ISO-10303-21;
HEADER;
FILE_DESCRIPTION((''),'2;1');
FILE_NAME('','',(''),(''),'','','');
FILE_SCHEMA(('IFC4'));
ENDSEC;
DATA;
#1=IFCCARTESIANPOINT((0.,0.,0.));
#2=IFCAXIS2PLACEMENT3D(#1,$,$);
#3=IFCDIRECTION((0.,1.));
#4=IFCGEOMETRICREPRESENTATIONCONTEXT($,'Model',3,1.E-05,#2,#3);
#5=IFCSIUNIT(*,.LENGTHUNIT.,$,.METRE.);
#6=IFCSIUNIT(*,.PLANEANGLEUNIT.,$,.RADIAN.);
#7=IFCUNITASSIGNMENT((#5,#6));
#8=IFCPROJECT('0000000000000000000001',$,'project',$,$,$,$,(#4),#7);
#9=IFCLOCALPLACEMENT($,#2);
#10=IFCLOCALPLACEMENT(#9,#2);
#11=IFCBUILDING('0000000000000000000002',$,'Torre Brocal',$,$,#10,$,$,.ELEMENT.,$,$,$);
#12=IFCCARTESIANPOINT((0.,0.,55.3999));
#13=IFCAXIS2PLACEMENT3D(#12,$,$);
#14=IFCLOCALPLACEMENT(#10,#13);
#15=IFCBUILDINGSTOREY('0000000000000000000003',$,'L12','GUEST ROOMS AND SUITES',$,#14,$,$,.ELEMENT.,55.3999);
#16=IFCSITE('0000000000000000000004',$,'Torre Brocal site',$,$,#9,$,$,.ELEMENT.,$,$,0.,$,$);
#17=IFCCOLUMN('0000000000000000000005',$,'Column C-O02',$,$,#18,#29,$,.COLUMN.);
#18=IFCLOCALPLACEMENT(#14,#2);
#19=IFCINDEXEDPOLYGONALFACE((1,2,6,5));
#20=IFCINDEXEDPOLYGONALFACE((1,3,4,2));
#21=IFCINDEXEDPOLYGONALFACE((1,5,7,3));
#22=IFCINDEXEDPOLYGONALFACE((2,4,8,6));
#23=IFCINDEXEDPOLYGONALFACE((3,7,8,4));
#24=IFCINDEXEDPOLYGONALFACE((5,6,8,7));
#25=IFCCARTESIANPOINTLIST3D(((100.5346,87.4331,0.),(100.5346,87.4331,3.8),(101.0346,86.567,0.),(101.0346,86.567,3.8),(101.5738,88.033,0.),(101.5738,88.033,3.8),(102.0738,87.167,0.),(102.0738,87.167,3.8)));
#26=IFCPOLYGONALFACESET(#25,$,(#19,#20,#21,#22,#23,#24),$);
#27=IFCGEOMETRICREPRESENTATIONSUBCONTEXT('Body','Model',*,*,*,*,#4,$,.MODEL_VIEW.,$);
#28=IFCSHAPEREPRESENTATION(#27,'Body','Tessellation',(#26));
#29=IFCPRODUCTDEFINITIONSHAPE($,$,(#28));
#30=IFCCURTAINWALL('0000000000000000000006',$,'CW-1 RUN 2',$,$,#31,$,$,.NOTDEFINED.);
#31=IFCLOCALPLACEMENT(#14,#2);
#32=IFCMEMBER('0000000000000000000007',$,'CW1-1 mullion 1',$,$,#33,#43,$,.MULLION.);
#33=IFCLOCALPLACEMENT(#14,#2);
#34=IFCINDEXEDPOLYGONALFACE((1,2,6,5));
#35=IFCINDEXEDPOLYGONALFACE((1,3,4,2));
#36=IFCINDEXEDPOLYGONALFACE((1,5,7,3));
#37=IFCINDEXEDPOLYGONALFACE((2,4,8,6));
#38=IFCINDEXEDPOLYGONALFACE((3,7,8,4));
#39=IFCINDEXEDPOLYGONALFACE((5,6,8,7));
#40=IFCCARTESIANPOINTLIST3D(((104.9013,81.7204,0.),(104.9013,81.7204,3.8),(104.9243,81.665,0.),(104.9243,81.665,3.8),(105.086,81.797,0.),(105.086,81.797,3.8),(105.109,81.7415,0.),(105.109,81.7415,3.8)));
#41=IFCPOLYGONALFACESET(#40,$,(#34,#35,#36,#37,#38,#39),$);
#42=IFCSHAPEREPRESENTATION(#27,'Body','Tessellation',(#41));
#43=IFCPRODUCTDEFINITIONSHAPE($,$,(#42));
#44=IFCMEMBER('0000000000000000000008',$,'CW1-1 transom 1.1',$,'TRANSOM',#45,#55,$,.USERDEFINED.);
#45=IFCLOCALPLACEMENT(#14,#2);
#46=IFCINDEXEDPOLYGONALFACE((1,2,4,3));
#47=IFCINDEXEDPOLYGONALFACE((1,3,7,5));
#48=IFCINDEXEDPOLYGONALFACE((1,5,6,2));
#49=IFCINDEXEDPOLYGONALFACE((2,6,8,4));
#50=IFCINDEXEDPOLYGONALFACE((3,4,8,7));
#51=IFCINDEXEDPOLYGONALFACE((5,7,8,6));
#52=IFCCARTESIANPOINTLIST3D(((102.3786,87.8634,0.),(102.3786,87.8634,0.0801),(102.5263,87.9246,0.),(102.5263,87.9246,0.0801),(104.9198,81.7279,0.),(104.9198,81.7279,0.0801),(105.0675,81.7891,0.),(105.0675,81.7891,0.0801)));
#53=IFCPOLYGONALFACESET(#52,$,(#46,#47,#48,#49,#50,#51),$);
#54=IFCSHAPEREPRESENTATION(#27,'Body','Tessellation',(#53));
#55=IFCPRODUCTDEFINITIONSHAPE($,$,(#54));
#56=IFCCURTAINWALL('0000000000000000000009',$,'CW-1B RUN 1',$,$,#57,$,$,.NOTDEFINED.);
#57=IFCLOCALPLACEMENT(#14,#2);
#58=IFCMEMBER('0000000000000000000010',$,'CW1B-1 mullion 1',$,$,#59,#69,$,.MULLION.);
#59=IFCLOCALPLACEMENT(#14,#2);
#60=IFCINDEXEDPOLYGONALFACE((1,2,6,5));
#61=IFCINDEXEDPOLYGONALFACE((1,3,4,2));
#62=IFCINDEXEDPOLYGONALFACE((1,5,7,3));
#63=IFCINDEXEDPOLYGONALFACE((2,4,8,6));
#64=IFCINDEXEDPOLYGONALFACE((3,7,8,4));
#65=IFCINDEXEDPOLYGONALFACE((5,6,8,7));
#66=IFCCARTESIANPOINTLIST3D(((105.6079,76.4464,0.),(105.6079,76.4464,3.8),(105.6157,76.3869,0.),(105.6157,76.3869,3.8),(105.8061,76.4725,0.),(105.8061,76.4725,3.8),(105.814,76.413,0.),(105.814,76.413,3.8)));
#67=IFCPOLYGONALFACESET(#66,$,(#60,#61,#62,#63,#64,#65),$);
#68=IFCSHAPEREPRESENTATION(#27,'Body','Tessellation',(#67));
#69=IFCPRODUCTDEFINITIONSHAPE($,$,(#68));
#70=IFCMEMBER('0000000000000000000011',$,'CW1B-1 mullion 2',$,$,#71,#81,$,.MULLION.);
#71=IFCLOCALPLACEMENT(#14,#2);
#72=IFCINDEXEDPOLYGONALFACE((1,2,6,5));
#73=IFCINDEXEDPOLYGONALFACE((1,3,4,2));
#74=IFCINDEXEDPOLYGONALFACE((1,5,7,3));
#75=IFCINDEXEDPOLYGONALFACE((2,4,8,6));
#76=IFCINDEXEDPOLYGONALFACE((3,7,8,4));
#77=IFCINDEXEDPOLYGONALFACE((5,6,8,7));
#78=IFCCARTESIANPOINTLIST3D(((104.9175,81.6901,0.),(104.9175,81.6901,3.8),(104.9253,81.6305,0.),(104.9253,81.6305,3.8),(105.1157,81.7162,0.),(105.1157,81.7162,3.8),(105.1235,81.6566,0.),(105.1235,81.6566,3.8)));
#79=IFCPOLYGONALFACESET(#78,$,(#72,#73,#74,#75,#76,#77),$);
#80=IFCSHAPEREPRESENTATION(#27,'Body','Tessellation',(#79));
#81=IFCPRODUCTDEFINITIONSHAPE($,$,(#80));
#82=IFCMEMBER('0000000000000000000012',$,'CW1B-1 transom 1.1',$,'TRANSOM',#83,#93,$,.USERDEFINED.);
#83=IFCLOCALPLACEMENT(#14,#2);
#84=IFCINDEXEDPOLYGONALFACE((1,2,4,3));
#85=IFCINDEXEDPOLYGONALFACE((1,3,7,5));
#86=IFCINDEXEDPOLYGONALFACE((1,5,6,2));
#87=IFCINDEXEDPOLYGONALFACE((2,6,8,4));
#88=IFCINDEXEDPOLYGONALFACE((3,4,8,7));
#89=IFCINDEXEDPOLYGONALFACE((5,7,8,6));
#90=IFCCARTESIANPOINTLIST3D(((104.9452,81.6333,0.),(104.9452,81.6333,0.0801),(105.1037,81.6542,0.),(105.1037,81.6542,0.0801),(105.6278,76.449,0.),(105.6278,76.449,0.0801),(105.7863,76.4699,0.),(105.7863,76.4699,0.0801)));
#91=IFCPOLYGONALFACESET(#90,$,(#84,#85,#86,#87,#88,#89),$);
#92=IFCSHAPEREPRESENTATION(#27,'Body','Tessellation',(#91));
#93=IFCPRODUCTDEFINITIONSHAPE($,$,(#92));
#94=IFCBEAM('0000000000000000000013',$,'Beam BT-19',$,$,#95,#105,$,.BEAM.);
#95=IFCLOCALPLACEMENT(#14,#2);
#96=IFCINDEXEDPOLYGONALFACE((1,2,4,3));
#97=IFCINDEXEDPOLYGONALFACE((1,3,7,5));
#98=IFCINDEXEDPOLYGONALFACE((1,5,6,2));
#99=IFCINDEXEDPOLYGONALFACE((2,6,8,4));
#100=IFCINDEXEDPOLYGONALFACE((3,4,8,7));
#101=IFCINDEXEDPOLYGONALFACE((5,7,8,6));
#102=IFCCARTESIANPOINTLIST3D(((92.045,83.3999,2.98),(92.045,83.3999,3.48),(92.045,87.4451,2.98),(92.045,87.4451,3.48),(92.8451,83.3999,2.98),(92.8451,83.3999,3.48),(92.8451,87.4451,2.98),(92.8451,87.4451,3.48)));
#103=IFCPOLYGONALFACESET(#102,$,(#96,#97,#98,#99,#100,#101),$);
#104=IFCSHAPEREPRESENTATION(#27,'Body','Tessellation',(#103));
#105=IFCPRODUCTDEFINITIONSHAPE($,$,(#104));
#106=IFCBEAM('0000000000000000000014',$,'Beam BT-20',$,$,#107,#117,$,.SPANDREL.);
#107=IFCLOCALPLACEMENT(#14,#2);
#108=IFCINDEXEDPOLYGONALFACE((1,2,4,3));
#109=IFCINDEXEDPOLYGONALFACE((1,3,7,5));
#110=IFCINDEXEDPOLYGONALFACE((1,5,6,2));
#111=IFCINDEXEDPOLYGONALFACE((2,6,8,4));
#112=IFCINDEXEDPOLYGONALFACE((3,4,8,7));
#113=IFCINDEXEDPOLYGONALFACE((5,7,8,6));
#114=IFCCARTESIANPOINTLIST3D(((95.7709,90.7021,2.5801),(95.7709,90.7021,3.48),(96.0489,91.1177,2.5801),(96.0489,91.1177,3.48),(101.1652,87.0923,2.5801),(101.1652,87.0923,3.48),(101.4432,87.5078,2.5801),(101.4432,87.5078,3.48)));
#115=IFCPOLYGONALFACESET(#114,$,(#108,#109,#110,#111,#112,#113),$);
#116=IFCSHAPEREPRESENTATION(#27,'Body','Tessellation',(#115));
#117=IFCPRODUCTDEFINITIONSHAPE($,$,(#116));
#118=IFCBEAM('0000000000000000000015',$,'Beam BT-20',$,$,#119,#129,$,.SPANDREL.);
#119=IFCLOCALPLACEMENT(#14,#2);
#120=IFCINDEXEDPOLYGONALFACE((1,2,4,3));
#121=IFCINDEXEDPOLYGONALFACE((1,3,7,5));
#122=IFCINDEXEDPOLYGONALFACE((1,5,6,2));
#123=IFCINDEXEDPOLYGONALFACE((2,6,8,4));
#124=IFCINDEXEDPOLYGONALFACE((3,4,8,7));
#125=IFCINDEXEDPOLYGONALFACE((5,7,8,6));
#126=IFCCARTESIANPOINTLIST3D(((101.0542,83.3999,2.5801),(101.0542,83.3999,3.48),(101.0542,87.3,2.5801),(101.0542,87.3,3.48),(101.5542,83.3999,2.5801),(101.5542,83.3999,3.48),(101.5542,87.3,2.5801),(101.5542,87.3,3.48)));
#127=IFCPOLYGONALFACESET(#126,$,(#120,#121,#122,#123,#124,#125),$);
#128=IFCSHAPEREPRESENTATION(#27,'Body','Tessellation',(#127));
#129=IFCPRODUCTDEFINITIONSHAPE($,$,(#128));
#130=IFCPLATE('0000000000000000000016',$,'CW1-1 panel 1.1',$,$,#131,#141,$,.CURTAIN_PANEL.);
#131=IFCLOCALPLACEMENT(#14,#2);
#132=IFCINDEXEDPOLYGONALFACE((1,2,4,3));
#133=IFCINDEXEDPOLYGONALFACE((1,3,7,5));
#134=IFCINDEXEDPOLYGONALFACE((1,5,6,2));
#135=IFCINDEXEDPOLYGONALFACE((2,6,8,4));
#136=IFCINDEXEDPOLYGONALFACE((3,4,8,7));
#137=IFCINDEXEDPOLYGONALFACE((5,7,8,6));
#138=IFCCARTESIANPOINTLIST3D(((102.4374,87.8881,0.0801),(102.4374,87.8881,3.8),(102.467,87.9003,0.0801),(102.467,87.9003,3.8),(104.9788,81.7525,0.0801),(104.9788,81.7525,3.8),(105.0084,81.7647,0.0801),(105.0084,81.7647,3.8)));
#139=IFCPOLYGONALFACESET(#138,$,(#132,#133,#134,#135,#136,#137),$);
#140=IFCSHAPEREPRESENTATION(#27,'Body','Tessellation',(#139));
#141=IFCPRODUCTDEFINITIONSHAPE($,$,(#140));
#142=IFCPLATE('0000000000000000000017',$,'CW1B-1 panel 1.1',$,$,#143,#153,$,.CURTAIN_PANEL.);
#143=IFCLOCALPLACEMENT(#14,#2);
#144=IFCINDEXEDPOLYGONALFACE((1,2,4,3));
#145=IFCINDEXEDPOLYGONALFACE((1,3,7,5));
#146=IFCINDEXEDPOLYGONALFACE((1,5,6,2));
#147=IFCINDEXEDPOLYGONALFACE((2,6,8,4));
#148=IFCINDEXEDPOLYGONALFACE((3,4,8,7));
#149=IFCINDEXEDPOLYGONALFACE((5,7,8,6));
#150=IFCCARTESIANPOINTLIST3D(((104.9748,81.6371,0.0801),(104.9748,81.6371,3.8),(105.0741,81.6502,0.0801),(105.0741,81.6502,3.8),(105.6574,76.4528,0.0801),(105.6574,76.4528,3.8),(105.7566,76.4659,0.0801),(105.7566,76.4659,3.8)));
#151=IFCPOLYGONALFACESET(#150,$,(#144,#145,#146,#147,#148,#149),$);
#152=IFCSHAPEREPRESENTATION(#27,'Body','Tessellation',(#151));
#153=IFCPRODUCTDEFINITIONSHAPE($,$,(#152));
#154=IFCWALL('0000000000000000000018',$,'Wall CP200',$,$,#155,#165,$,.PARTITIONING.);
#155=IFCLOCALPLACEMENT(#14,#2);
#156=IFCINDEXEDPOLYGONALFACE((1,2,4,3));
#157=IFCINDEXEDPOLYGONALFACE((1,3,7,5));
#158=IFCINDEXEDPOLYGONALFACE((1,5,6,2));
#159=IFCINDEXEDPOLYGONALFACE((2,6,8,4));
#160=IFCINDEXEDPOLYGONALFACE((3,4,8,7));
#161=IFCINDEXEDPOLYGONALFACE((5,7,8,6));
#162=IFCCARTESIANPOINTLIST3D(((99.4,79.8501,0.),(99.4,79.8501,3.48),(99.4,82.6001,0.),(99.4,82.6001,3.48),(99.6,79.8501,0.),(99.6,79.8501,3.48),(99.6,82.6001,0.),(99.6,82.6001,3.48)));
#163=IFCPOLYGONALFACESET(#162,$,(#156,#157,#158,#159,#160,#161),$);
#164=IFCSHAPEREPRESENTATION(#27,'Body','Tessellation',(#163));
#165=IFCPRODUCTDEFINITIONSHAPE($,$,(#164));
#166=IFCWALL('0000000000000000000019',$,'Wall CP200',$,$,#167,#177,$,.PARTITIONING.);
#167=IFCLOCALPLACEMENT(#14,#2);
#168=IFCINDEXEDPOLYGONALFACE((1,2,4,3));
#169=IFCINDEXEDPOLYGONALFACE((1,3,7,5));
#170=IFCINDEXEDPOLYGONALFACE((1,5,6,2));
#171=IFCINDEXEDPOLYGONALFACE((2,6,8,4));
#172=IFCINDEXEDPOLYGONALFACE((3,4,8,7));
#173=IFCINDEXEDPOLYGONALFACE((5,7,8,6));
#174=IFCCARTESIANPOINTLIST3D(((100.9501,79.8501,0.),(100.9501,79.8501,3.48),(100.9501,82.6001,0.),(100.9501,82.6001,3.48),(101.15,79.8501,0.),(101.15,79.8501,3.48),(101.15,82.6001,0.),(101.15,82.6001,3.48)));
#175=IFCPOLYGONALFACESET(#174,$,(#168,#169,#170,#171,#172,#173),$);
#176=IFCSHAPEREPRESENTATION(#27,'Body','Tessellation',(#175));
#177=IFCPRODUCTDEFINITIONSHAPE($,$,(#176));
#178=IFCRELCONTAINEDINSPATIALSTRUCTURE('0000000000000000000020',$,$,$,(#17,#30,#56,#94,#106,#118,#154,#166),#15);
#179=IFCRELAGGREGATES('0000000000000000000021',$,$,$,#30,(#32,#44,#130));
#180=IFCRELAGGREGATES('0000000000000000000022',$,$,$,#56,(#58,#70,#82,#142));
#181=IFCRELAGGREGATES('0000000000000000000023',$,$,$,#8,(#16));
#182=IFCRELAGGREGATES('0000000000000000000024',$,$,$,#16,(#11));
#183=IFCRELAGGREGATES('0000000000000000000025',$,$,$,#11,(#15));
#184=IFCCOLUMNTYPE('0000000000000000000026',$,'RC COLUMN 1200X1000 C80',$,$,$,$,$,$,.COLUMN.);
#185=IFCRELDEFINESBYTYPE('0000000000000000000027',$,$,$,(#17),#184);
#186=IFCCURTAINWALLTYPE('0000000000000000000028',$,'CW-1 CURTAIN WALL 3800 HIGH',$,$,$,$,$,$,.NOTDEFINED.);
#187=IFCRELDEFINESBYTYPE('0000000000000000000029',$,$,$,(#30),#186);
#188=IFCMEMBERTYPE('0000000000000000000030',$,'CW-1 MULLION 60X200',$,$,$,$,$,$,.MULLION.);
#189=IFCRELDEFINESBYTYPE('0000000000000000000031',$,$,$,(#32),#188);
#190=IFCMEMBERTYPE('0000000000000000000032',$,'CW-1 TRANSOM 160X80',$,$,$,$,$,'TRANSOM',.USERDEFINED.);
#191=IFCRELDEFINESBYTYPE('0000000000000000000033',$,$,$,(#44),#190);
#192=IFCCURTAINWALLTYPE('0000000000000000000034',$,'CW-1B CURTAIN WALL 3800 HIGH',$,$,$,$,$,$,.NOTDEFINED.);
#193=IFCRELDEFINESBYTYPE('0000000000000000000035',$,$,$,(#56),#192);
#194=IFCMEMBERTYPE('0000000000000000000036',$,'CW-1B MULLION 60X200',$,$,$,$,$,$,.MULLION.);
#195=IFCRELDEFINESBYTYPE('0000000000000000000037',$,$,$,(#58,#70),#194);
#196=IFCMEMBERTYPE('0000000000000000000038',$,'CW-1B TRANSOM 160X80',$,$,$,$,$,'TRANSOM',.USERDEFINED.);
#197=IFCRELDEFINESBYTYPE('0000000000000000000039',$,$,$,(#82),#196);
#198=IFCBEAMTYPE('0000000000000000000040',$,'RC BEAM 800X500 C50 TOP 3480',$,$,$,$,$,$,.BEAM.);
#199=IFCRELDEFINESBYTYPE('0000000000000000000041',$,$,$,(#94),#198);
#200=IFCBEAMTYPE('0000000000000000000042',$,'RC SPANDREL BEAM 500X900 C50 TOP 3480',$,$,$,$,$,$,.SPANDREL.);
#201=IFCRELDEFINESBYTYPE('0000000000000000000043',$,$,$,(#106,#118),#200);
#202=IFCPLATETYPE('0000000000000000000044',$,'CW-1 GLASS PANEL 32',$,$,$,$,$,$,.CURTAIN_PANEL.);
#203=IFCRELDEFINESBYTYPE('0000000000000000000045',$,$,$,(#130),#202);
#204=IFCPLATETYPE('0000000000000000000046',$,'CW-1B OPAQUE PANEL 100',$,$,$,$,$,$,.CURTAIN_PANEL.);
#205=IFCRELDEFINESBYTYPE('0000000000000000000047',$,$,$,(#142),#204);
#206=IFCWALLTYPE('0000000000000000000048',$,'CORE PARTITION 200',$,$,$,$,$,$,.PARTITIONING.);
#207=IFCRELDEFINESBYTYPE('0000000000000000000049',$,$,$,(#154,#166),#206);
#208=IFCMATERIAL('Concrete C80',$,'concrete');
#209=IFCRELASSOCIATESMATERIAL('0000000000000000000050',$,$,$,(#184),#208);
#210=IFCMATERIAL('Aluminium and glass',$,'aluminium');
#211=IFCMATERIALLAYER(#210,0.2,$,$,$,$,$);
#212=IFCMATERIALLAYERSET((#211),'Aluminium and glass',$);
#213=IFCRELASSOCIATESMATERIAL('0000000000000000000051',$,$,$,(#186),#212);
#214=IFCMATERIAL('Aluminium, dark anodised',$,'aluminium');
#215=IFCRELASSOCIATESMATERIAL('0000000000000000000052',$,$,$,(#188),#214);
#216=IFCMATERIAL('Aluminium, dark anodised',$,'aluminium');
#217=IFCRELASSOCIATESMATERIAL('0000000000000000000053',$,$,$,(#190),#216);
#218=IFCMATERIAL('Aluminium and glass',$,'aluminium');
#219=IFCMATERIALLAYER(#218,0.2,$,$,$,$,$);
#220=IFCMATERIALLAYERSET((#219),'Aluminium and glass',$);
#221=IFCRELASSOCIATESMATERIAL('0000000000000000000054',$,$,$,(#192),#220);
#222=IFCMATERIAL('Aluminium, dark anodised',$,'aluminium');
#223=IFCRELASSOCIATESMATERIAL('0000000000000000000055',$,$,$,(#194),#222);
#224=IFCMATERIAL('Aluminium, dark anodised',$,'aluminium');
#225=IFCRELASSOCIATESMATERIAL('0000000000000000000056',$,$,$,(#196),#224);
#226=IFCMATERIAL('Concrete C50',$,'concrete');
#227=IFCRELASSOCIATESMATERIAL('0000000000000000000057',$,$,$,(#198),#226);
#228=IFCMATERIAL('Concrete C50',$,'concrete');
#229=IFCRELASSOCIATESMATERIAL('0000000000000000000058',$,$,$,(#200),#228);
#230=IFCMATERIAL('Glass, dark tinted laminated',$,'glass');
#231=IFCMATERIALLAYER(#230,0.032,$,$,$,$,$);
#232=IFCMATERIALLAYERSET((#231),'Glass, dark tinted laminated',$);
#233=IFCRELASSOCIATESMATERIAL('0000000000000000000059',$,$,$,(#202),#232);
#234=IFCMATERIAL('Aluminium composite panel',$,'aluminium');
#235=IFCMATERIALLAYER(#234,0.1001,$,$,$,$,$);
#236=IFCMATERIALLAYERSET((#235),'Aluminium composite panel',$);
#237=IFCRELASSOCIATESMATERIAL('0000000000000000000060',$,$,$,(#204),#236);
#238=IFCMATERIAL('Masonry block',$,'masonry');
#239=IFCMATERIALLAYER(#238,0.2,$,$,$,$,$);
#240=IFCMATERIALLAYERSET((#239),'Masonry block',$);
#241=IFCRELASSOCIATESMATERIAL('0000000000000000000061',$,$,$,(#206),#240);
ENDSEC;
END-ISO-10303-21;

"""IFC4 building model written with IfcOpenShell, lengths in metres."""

from ifc_helpers import new_model, si_unit, direction, frame, frame_2d, origin, origin_2d, place, context, subcontext, project, spatial, rectangle, extrude, material, layer, layer_set, material_profile, profile_set, type_object, element, aggregate, save


model = new_model("IFC4")

# Units and contexts
model_context = context("Model", 3, precision=1e-05, world=origin(), true_north=direction((0.0, 1.0)))
body_context = subcontext(model_context, "Body", "Model", "MODEL_VIEW")
ifc_project = project(units=[si_unit("LENGTHUNIT", "METRE"), si_unit("PLANEANGLEUNIT", "RADIAN")], contexts=[model_context])

# Site, building, storey
site_placement = place(None, origin())
site = spatial("IfcSite", under=ifc_project, at=site_placement, Name="Torre Brocal site", CompositionType="ELEMENT", RefElevation=0.0)
building_placement = place(site_placement, origin())
building = spatial("IfcBuilding", under=site, at=building_placement, Name="Torre Brocal", CompositionType="ELEMENT")
storey_placement = place(building_placement, frame((0.0, 0.0, 55.3999)))
storey = spatial("IfcBuildingStorey", under=building, at=storey_placement, Name="L12", Description="GUEST ROOMS AND SUITES", CompositionType="ELEMENT", Elevation=55.3999)

# Column
ifc_material_1 = material(Name="Concrete C80", Category="concrete")
ifc_material_profile_1 = material_profile(ifc_material_1, rectangle(XDim=1.2, YDim=1.0, at=origin_2d()), Name="RC 1200X1000")
ifc_profile_set_1 = profile_set([ifc_material_profile_1], Name="Concrete C80")
column_type = type_object("IfcColumnType", Name="RC COLUMN 1200X1000 C80", PredefinedType="COLUMN", material=ifc_profile_set_1)
column_placement = place(storey_placement, frame((101.3042, 87.3, 0.0), z_axis=(0.0, 0.0, 1.0), x_axis=(0.866025, 0.5, 0.0)))
element("IfcColumn", 1, at=column_placement, inside=storey, type_object=column_type, Name="Column C-O02", PredefinedType="COLUMN", context=body_context, shape_type="SweptSolid", body=[
    extrude(rectangle(XDim=1.2, YDim=1.0, at=origin_2d()), origin(), (0.0, 0.0, 1.0), 3.8),
])

# Curtain walls, members
ifc_material_2 = material(Name="Aluminium and glass", Category="aluminium")
ifc_layer_1 = layer(ifc_material_2, 0.2)
ifc_layer_set_1 = layer_set([ifc_layer_1], Name="Aluminium and glass")
curtain_wall_type_1 = type_object("IfcCurtainWallType", Name="CW-1 CURTAIN WALL 3800 HIGH", PredefinedType="NOTDEFINED", material=ifc_layer_set_1)
curtain_wall_1_placement = place(storey_placement, origin())
curtain_wall_1 = element("IfcCurtainWall", 2, at=curtain_wall_1_placement, inside=storey, type_object=curtain_wall_type_1, Name="CW-1 RUN 2", PredefinedType="NOTDEFINED")
ifc_material_3 = material(Name="Aluminium, dark anodised", Category="aluminium")
ifc_material_profile_2 = material_profile(ifc_material_3, rectangle(XDim=0.2, YDim=0.0601, at=origin_2d()), Name="CW-1 MULLION 60X200")
ifc_profile_set_2 = profile_set([ifc_material_profile_2], Name="Aluminium, dark anodised")
member_type_1 = type_object("IfcMemberType", Name="CW-1 MULLION 60X200", PredefinedType="MULLION", material=ifc_profile_set_2)
member_1_placement = place(storey_placement, frame((105.0051, 81.731, 0.0), z_axis=(0.0, 0.0, 1.0), x_axis=(-0.92388, -0.382683, 0.0)))
member_1 = element("IfcMember", 3, at=member_1_placement, type_object=member_type_1, Name="CW1-1 mullion 1", PredefinedType="MULLION", context=body_context, shape_type="SweptSolid", body=[
    extrude(rectangle(XDim=0.2, YDim=0.0601, at=origin_2d()), origin(), (0.0, 0.0, 1.0), 3.8),
])
ifc_material_4 = material(Name="Aluminium, dark anodised", Category="aluminium")
ifc_material_profile_3 = material_profile(ifc_material_4, rectangle(XDim=0.1599, YDim=0.0801, at=origin_2d()), Name="CW-1 TRANSOM 160X80")
ifc_profile_set_3 = profile_set([ifc_material_profile_3], Name="Aluminium, dark anodised")
member_type_2 = type_object("IfcMemberType", Name="CW-1 TRANSOM 160X80", ElementType="TRANSOM", PredefinedType="USERDEFINED", material=ifc_profile_set_3)
member_2_placement = place(storey_placement, frame((104.9937, 81.7585, 0.04), z_axis=(-0.382665, 0.923887, 0.0), x_axis=(-0.923887, -0.382665, 0.0)))
member_2 = element("IfcMember", 4, at=member_2_placement, type_object=member_type_2, Name="CW1-1 transom 1.1", ObjectType="TRANSOM", PredefinedType="USERDEFINED", context=body_context, shape_type="SweptSolid", body=[
    extrude(rectangle(XDim=0.1599, YDim=0.0801, at=origin_2d()), origin(), (0.0, 0.0, 1.0), 6.6409),
])
ifc_material_5 = material(Name="Aluminium and glass", Category="aluminium")
ifc_layer_2 = layer(ifc_material_5, 0.2)
ifc_layer_set_2 = layer_set([ifc_layer_2], Name="Aluminium and glass")
curtain_wall_type_2 = type_object("IfcCurtainWallType", Name="CW-1B CURTAIN WALL 3800 HIGH", PredefinedType="NOTDEFINED", material=ifc_layer_set_2)
curtain_wall_2_placement = place(storey_placement, origin())
curtain_wall_2 = element("IfcCurtainWall", 5, at=curtain_wall_2_placement, inside=storey, type_object=curtain_wall_type_2, Name="CW-1B RUN 1", PredefinedType="NOTDEFINED")
ifc_material_6 = material(Name="Aluminium, dark anodised", Category="aluminium")
ifc_material_profile_4 = material_profile(ifc_material_6, rectangle(XDim=0.2, YDim=0.0601, at=origin_2d()), Name="CW-1B MULLION 60X200")
ifc_profile_set_4 = profile_set([ifc_material_profile_4], Name="Aluminium, dark anodised")
member_type_3 = type_object("IfcMemberType", Name="CW-1B MULLION 60X200", PredefinedType="MULLION", material=ifc_profile_set_4)
member_3_placement = place(storey_placement, frame((105.7109, 76.4297, 0.0), z_axis=(0.0, 0.0, 1.0), x_axis=(-0.991445, -0.130526, 0.0)))
member_3 = element("IfcMember", 6, at=member_3_placement, type_object=member_type_3, Name="CW1B-1 mullion 1", PredefinedType="MULLION", context=body_context, shape_type="SweptSolid", body=[
    extrude(rectangle(XDim=0.2, YDim=0.0601, at=origin_2d()), origin(), (0.0, 0.0, 1.0), 3.8),
])
member_4_placement = place(storey_placement, frame((105.0205, 81.6733, 0.0), z_axis=(0.0, 0.0, 1.0), x_axis=(-0.991445, -0.130526, 0.0)))
member_4 = element("IfcMember", 7, at=member_4_placement, type_object=member_type_3, Name="CW1B-1 mullion 2", PredefinedType="MULLION", context=body_context, shape_type="SweptSolid", body=[
    extrude(rectangle(XDim=0.2, YDim=0.0601, at=origin_2d()), origin(), (0.0, 0.0, 1.0), 3.8),
])
ifc_material_7 = material(Name="Aluminium, dark anodised", Category="aluminium")
ifc_material_profile_5 = material_profile(ifc_material_7, rectangle(XDim=0.1599, YDim=0.0801, at=origin_2d()), Name="CW-1B TRANSOM 160X80")
ifc_profile_set_5 = profile_set([ifc_material_profile_5], Name="Aluminium, dark anodised")
member_type_4 = type_object("IfcMemberType", Name="CW-1B TRANSOM 160X80", ElementType="TRANSOM", PredefinedType="USERDEFINED", material=ifc_profile_set_5)
member_5_placement = place(storey_placement, frame((105.707, 76.4595, 0.04), z_axis=(-0.130543, 0.991443, 0.0), x_axis=(-0.991443, -0.130543, 0.0)))
member_5 = element("IfcMember", 8, at=member_5_placement, type_object=member_type_4, Name="CW1B-1 transom 1.1", ObjectType="TRANSOM", PredefinedType="USERDEFINED", context=body_context, shape_type="SweptSolid", body=[
    extrude(rectangle(XDim=0.1599, YDim=0.0801, at=origin_2d()), origin(), (0.0, 0.0, 1.0), 5.229),
])

# Beams
ifc_material_8 = material(Name="Concrete C50", Category="concrete")
ifc_material_profile_6 = material_profile(ifc_material_8, rectangle(XDim=0.8, YDim=0.5, at=origin_2d()), Name="RC 800X500")
ifc_profile_set_6 = profile_set([ifc_material_profile_6], Name="Concrete C50")
beam_type_1 = type_object("IfcBeamType", Name="RC BEAM 800X500 C50 TOP 3480", PredefinedType="BEAM", material=ifc_profile_set_6)
beam_1_placement = place(storey_placement, frame((92.4451, 87.4451, 3.23), z_axis=(0.0, -1.0, 0.0), x_axis=(1.0, 0.0, 0.0)))
element("IfcBeam", 9, at=beam_1_placement, inside=storey, type_object=beam_type_1, Name="Beam BT-19", PredefinedType="BEAM", context=body_context, shape_type="SweptSolid", body=[
    extrude(rectangle(XDim=0.8, YDim=0.5, at=origin_2d()), origin(), (0.0, 0.0, 1.0), 4.0452),
])
ifc_material_9 = material(Name="Concrete C50", Category="concrete")
ifc_material_profile_7 = material_profile(ifc_material_9, rectangle(XDim=0.5, YDim=0.8999, at=origin_2d()), Name="RC 500X900")
ifc_profile_set_7 = profile_set([ifc_material_profile_7], Name="Concrete C50")
beam_type_2 = type_object("IfcBeamType", Name="RC SPANDREL BEAM 500X900 C50 TOP 3480", PredefinedType="SPANDREL", material=ifc_profile_set_7)
beam_2_placement = place(storey_placement, frame((101.3042, 87.3, 3.03), z_axis=(-0.831077, 0.556158, 0.0), x_axis=(-0.556158, -0.831077, 0.0)))
element("IfcBeam", 10, at=beam_2_placement, inside=storey, type_object=beam_type_2, Name="Beam BT-20", PredefinedType="SPANDREL", context=body_context, shape_type="SweptSolid", body=[
    extrude(rectangle(XDim=0.5, YDim=0.8999, at=origin_2d()), origin(), (0.0, 0.0, 1.0), 6.4907),
])
beam_3_placement = place(storey_placement, frame((101.3042, 87.3, 3.03), z_axis=(0.0, -1.0, 0.0), x_axis=(1.0, 0.0, 0.0)))
element("IfcBeam", 11, at=beam_3_placement, inside=storey, type_object=beam_type_2, Name="Beam BT-20", PredefinedType="SPANDREL", context=body_context, shape_type="SweptSolid", body=[
    extrude(rectangle(XDim=0.5, YDim=0.8999, at=origin_2d()), origin(), (0.0, 0.0, 1.0), 3.9001),
])

# Plates
ifc_material_10 = material(Name="Glass, dark tinted laminated", Category="glass")
ifc_layer_3 = layer(ifc_material_10, 0.032)
ifc_layer_set_3 = layer_set([ifc_layer_3], Name="Glass, dark tinted laminated")
plate_type_1 = type_object("IfcPlateType", Name="CW-1 GLASS PANEL 32", PredefinedType="CURTAIN_PANEL", material=ifc_layer_set_3)
plate_1_placement = place(storey_placement, frame((103.7229, 84.8264, 0.0801), z_axis=(0.0, 0.0, 1.0), x_axis=(-0.382683, 0.92388, 0.0)))
plate_1 = element("IfcPlate", 12, at=plate_1_placement, type_object=plate_type_1, Name="CW1-1 panel 1.1", PredefinedType="CURTAIN_PANEL", context=body_context, shape_type="SweptSolid", body=[
    extrude(rectangle(XDim=6.6411, YDim=0.032, at=origin_2d()), origin(), (0.0, 0.0, 1.0), 3.72),
])
aggregate(curtain_wall_1, [member_1, member_2, plate_1])
ifc_material_11 = material(Name="Aluminium composite panel", Category="aluminium")
ifc_layer_4 = layer(ifc_material_11, 0.1001)
ifc_layer_set_4 = layer_set([ifc_layer_4], Name="Aluminium composite panel")
plate_type_2 = type_object("IfcPlateType", Name="CW-1B OPAQUE PANEL 100", PredefinedType="CURTAIN_PANEL", material=ifc_layer_set_4)
plate_2_placement = place(storey_placement, frame((105.3657, 79.0515, 0.0801), z_axis=(0.0, 0.0, 1.0), x_axis=(-0.130526, 0.991445, 0.0)))
plate_2 = element("IfcPlate", 13, at=plate_2_placement, type_object=plate_type_2, Name="CW1B-1 panel 1.1", PredefinedType="CURTAIN_PANEL", context=body_context, shape_type="SweptSolid", body=[
    extrude(rectangle(XDim=5.229, YDim=0.1001, at=origin_2d()), origin(), (0.0, 0.0, 1.0), 3.72),
])
aggregate(curtain_wall_2, [member_3, member_4, member_5, plate_2])

# Walls
ifc_material_12 = material(Name="Masonry block", Category="masonry")
ifc_layer_5 = layer(ifc_material_12, 0.2)
ifc_layer_set_5 = layer_set([ifc_layer_5], Name="Masonry block")
wall_type_1 = type_object("IfcWallType", Name="CORE PARTITION 200", PredefinedType="PARTITIONING", material=ifc_layer_set_5)
for number, where, z_axis, x_axis, name in (
    (14, (99.5, 79.8501, 0.0), (0.0, 0.0, 1.0), (0.0, 1.0, 0.0), "Wall CP200"),
    (15, (101.05, 79.8501, 0.0), (0.0, 0.0, 1.0), (0.0, 1.0, 0.0), "Wall CP200"),
):
    element("IfcWall", number, at=place(storey_placement, frame(where, z_axis=z_axis, x_axis=x_axis)), inside=storey, type_object=wall_type_1, Name=name, PredefinedType="PARTITIONING", context=body_context, shape_type="SweptSolid", body=[
        extrude(rectangle(XDim=2.75, YDim=0.2, at=frame_2d((1.375, 0.0))), origin(), (0.0, 0.0, 1.0), 3.48),
    ])

save(model, "model.ifc")
